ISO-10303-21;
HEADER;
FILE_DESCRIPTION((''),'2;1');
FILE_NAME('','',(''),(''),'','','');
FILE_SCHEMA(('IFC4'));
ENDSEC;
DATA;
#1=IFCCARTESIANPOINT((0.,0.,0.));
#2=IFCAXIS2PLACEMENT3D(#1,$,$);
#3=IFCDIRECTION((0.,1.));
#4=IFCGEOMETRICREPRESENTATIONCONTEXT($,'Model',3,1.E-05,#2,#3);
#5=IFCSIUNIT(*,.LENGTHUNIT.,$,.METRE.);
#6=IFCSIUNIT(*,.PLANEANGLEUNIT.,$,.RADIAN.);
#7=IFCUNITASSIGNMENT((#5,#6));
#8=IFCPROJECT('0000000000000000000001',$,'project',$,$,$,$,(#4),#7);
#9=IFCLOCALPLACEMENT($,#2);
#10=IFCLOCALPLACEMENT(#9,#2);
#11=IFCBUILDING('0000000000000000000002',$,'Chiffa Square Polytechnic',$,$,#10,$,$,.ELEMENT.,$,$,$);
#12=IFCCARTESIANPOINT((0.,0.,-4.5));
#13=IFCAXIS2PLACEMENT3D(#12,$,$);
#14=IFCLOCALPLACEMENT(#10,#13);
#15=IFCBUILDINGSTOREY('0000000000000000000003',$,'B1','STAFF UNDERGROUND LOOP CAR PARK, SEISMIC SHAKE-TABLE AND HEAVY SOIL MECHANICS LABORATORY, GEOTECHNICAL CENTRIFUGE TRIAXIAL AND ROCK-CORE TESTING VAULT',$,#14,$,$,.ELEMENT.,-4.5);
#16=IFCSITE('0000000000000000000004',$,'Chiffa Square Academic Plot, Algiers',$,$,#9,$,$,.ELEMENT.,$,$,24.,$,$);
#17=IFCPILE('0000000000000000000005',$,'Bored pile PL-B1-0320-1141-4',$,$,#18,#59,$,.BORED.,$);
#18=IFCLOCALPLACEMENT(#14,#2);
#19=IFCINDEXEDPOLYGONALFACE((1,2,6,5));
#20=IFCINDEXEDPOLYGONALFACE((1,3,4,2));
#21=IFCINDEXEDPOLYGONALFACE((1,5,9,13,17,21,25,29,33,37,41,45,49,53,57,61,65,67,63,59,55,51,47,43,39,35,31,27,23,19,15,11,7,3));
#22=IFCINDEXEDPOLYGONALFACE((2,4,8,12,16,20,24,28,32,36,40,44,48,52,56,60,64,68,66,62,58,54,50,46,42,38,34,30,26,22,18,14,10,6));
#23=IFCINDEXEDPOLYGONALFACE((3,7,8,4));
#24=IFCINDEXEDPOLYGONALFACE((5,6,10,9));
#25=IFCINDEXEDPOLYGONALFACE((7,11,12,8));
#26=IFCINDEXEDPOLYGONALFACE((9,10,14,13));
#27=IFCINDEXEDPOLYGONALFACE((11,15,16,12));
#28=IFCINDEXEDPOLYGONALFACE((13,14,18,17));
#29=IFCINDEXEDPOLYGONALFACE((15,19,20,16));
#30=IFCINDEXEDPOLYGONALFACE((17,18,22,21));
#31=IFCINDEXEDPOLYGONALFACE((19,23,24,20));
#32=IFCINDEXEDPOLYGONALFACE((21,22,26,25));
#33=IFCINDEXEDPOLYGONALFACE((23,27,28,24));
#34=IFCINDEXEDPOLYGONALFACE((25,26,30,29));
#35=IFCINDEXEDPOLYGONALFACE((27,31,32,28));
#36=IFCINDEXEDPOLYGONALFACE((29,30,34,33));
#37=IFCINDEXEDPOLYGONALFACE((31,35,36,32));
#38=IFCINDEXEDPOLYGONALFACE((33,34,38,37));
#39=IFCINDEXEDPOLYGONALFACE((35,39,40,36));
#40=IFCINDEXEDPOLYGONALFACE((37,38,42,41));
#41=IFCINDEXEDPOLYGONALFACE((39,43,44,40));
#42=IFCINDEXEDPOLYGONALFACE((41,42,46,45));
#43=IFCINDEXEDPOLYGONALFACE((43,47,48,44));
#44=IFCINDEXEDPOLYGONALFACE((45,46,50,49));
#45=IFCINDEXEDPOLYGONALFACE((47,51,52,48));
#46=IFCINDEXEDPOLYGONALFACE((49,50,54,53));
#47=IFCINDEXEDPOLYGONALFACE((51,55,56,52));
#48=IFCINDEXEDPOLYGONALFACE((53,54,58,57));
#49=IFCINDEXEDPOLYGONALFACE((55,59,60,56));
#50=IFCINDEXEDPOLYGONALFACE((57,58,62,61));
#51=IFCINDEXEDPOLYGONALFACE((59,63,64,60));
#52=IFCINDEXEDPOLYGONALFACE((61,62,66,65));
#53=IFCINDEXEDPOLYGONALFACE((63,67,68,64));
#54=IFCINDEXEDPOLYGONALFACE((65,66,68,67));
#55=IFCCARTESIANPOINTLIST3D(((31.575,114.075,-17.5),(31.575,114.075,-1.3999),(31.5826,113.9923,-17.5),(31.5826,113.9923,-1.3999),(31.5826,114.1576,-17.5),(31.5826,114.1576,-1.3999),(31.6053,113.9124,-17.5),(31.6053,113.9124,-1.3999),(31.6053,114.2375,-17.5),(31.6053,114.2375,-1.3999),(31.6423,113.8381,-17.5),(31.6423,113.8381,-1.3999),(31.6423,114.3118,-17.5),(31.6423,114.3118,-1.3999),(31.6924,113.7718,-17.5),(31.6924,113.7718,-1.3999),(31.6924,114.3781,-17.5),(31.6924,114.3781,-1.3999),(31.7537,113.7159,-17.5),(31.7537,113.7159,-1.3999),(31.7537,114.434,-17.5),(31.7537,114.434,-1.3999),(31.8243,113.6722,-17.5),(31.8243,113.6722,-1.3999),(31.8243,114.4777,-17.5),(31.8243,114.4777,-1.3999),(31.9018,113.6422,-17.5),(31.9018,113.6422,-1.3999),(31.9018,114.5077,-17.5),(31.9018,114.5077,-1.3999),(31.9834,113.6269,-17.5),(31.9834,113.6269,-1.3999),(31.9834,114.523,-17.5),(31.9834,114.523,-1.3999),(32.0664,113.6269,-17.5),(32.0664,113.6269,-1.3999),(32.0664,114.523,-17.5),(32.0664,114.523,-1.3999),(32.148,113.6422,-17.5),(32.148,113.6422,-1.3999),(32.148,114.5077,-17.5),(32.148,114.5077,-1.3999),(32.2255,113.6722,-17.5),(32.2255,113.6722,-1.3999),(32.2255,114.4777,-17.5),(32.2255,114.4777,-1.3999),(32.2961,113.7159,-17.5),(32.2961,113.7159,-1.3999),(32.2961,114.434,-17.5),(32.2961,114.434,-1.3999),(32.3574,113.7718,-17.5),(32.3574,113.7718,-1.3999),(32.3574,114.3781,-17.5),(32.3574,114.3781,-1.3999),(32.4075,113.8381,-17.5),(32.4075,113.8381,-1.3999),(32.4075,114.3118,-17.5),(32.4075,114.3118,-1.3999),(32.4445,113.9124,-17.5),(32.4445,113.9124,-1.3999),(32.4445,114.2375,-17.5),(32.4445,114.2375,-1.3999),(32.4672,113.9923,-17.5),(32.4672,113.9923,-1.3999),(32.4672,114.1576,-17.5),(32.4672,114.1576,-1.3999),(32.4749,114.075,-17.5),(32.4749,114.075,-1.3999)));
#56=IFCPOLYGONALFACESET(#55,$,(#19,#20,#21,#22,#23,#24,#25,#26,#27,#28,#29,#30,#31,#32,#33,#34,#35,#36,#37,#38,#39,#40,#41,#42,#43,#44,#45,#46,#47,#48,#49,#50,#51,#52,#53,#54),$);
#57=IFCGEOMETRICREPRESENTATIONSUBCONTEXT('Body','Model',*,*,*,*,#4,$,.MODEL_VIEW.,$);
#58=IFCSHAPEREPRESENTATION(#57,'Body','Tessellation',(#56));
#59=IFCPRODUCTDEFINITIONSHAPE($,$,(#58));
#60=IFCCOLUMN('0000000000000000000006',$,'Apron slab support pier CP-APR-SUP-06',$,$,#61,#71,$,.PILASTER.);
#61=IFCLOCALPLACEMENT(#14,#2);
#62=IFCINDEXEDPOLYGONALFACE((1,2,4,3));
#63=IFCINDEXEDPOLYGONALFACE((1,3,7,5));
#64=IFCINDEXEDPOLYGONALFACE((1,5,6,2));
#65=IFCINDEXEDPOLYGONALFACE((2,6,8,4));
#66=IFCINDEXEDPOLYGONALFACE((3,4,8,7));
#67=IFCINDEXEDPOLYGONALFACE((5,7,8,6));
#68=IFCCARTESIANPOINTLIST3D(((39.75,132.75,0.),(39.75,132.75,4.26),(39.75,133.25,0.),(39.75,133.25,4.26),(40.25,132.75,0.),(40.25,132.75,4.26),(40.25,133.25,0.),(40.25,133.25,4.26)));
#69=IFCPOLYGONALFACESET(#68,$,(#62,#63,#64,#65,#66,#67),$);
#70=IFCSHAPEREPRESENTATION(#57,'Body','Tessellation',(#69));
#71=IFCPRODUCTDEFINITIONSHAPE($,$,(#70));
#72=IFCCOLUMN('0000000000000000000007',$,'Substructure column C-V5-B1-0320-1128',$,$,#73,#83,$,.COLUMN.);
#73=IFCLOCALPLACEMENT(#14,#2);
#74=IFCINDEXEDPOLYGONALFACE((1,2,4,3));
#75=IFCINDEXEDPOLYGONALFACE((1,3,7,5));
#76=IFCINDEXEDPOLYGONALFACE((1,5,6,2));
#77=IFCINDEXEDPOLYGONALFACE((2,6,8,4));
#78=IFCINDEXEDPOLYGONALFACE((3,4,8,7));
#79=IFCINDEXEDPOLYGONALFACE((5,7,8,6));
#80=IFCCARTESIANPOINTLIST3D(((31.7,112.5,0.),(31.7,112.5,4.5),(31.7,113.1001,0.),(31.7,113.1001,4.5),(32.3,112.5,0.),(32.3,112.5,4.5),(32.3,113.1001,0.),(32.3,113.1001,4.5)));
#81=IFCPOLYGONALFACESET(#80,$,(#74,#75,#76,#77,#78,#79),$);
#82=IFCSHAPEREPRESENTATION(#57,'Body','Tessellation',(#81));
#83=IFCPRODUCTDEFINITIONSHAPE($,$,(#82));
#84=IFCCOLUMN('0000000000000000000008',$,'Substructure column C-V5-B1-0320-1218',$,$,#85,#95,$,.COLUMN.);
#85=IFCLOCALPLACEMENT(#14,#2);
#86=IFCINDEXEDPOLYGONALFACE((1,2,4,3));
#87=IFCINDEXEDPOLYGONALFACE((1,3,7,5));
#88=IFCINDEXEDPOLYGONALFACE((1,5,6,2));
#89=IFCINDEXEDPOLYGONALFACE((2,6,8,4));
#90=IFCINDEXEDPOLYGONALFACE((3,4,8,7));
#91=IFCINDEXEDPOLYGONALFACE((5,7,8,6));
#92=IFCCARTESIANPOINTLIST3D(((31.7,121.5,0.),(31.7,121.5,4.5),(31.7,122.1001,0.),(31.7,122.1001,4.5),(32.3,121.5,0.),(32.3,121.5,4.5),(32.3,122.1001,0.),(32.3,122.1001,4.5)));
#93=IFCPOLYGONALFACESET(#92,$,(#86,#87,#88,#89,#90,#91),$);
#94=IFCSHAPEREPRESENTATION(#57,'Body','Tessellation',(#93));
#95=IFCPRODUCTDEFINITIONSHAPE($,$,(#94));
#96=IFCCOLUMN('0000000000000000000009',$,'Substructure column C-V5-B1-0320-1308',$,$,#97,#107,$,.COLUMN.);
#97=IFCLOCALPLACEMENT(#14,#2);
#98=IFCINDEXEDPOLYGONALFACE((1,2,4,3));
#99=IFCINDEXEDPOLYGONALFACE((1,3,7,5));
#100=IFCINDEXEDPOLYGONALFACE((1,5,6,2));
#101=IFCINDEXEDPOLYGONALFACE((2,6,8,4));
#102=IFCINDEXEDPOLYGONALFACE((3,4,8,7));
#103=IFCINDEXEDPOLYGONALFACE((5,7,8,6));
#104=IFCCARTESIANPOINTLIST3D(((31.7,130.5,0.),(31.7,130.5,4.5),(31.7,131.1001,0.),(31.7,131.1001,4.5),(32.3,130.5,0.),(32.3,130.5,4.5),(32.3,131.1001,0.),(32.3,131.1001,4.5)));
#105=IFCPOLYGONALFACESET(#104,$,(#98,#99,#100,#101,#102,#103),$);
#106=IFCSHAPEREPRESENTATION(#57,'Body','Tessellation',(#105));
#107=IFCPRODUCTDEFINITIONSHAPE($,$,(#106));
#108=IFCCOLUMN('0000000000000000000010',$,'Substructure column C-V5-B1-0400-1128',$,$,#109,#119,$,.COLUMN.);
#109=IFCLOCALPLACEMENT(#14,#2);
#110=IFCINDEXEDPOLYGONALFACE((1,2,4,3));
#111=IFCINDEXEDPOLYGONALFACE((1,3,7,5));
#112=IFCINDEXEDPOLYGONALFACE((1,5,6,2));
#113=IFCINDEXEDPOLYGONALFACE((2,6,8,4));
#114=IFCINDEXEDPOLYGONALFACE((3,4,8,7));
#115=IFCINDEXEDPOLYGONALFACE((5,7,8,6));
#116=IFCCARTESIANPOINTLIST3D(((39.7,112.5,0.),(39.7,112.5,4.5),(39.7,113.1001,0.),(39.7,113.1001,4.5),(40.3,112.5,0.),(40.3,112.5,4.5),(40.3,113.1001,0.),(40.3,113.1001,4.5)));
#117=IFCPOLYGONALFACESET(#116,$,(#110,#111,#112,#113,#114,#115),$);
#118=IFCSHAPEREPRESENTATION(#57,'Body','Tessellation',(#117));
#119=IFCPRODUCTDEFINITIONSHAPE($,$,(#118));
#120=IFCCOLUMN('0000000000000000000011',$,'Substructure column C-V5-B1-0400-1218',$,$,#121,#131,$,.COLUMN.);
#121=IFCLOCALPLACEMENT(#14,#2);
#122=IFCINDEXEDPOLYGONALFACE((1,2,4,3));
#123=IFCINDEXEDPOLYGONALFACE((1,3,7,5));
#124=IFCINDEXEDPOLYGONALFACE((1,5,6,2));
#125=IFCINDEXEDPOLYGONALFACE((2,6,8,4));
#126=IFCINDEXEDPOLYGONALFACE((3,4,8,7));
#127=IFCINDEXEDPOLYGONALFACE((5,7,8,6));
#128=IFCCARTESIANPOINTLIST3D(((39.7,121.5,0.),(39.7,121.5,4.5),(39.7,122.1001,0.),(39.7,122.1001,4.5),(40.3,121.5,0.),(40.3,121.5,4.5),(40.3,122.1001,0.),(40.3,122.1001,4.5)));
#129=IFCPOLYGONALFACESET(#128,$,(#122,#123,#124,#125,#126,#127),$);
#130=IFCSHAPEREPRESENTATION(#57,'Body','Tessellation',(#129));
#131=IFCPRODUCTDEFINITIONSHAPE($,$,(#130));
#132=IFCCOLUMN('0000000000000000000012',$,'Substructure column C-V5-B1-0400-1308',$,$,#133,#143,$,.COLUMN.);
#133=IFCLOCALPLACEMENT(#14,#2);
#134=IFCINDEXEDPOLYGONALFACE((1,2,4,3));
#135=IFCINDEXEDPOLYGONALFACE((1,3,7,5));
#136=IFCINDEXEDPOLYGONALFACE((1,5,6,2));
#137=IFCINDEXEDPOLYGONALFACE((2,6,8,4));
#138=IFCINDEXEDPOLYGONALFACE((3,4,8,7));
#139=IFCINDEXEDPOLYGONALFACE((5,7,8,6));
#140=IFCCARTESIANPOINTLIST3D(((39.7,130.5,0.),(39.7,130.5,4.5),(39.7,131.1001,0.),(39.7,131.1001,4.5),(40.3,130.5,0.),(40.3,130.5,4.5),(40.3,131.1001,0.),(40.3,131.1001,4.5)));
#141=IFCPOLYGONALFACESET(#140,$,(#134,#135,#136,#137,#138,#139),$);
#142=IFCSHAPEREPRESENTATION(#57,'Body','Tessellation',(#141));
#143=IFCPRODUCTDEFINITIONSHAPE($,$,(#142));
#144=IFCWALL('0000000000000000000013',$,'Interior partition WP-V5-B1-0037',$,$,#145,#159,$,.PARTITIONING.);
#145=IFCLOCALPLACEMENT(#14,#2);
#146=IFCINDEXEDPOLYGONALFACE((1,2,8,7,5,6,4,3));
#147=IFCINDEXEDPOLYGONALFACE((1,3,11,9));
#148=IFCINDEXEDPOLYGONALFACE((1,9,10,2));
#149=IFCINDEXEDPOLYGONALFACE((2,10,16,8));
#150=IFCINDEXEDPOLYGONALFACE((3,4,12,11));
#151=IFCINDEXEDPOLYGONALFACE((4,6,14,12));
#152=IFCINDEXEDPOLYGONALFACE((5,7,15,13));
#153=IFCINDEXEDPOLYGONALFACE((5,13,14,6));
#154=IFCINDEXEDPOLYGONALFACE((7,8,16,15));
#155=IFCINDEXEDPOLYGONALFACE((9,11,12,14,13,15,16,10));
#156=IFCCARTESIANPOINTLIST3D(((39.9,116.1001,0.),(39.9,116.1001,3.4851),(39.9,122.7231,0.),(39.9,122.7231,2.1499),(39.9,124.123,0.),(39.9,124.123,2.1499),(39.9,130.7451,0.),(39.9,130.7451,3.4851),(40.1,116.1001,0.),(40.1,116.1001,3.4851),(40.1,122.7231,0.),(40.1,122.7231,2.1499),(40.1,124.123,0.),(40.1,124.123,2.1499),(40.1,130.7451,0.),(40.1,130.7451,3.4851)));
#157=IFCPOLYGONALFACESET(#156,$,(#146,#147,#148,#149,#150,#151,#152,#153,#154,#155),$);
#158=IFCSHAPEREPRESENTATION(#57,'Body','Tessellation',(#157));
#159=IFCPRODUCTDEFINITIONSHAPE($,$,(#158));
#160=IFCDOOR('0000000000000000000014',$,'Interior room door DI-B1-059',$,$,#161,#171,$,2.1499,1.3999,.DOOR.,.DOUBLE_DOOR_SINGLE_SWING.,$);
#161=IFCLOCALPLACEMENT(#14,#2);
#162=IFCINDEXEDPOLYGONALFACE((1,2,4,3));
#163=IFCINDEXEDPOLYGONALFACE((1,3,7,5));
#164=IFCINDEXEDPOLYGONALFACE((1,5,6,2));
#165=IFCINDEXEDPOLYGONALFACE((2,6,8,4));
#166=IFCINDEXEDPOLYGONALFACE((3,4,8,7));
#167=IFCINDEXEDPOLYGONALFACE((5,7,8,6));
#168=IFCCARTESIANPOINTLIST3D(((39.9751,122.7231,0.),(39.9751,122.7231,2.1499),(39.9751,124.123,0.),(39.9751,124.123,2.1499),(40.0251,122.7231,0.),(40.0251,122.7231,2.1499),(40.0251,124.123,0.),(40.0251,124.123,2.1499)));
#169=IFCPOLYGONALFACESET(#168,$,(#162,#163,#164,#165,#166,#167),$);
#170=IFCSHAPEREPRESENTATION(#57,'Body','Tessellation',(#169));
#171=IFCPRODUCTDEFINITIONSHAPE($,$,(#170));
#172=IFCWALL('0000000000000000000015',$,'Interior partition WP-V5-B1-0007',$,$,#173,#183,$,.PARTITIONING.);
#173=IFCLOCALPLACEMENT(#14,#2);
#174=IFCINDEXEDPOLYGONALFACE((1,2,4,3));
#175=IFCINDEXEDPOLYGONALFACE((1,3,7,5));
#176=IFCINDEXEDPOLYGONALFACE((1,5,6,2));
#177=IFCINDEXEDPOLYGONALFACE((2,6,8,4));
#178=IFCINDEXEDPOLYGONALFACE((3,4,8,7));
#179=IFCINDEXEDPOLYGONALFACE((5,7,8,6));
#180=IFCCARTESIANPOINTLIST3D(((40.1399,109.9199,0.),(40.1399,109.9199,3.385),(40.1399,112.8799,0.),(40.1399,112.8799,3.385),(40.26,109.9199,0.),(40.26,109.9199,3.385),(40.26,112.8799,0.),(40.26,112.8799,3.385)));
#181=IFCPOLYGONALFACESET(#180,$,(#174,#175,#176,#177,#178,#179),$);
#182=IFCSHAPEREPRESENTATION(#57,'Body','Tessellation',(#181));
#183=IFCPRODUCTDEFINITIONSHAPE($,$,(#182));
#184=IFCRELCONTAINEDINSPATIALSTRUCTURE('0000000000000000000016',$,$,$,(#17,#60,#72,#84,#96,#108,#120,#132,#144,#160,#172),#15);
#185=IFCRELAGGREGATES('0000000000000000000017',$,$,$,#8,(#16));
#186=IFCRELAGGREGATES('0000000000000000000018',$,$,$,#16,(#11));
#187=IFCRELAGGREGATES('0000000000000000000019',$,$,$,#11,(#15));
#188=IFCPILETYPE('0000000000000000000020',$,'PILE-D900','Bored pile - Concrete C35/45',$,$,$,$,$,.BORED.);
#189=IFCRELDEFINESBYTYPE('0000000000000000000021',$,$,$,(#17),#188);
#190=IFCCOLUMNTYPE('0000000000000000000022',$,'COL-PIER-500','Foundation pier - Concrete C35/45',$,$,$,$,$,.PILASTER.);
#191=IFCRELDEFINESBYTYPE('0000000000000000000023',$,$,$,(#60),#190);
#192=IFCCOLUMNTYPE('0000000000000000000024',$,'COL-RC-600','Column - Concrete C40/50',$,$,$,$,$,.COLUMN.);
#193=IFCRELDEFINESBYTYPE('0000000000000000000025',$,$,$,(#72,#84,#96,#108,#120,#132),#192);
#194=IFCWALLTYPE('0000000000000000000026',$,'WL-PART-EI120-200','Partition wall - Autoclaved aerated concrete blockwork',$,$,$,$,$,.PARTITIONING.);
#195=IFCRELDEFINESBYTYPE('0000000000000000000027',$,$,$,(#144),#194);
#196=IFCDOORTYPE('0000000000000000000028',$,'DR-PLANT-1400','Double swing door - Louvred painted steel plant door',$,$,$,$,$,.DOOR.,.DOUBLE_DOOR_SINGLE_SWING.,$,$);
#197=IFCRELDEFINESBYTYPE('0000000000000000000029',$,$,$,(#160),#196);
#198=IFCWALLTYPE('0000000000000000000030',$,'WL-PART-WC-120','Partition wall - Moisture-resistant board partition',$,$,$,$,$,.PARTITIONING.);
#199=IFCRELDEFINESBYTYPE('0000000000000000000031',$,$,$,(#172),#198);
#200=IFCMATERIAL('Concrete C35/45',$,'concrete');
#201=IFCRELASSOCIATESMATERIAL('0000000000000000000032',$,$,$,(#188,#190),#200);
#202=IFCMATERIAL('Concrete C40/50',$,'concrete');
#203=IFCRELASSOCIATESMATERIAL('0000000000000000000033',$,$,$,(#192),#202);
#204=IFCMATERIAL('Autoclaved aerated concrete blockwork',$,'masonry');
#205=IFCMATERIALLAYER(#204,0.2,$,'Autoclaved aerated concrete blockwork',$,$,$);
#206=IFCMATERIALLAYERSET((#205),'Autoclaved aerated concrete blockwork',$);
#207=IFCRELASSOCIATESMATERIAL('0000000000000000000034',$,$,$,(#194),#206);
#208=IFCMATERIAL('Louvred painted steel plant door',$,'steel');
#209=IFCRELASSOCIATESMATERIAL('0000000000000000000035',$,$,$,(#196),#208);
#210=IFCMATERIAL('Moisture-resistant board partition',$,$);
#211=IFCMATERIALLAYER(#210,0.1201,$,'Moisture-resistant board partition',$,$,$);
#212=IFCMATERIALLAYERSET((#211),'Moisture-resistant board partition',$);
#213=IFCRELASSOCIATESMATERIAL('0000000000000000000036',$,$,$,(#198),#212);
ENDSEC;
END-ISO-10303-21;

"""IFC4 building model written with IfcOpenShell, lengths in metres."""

from ifc_helpers import new_model, si_unit, direction, frame, frame_2d, origin, origin_2d, place, context, subcontext, project, spatial, rectangle, circle, extrude, material, layer, layer_set, material_profile, profile_set, type_object, element, fill, save


model = new_model("IFC4")

# Units and contexts
model_context = context("Model", 3, precision=1e-05, world=origin(), true_north=direction((0.0, 1.0)))
body_context = subcontext(model_context, "Body", "Model", "MODEL_VIEW")
ifc_project = project(units=[si_unit("LENGTHUNIT", "METRE"), si_unit("PLANEANGLEUNIT", "RADIAN")], contexts=[model_context])

# Site, building, storey
site_placement = place(None, origin())
site = spatial("IfcSite", under=ifc_project, at=site_placement, Name="Chiffa Square Academic Plot, Algiers", CompositionType="ELEMENT", RefElevation=24.0)
building_placement = place(site_placement, origin())
building = spatial("IfcBuilding", under=site, at=building_placement, Name="Chiffa Square Polytechnic", CompositionType="ELEMENT")
storey_placement = place(building_placement, frame((0.0, 0.0, -4.5)))
storey = spatial("IfcBuildingStorey", under=building, at=storey_placement, Name="B1", Description="STAFF UNDERGROUND LOOP CAR PARK, SEISMIC SHAKE-TABLE AND HEAVY SOIL MECHANICS LABORATORY, GEOTECHNICAL CENTRIFUGE TRIAXIAL AND ROCK-CORE TESTING VAULT", CompositionType="ELEMENT", Elevation=-4.5)

# Shared definitions
ifc_material_1 = material(Name="Concrete C35/45", Category="concrete")

# Pile
ifc_material_profile_1 = material_profile(ifc_material_1, circle(Radius=0.45, at=origin_2d()), Name="PILE D900")
ifc_profile_set_1 = profile_set([ifc_material_profile_1], Name="Concrete C35/45")
pile_type_1 = type_object("IfcPileType", Name="PILE-D900", Description="Bored pile - Concrete C35/45", PredefinedType="BORED", material=ifc_profile_set_1)
for number, where, z_axis, x_axis, name in (
    (1, (32.0249, 114.075, -1.3999), (0.0, 0.0, -1.0), (1.0, 0.0, 0.0), "Bored pile PL-B1-0320-1141-4"),
):
    element("IfcPile", number, at=place(storey_placement, frame(where, z_axis=z_axis, x_axis=x_axis)), inside=storey, type_object=pile_type_1, Name=name, PredefinedType="BORED", context=body_context, shape_type="SweptSolid", body=[
        extrude(circle(Radius=0.45, at=origin_2d()), origin(), (0.0, 0.0, 1.0), 16.1001),
    ])

# Columns
ifc_material_profile_2 = material_profile(ifc_material_1, rectangle(XDim=0.5, YDim=0.5, at=origin_2d()), Name="RC 500x500")
ifc_profile_set_2 = profile_set([ifc_material_profile_2], Name="Concrete C35/45")
column_type_1 = type_object("IfcColumnType", Name="COL-PIER-500", Description="Foundation pier - Concrete C35/45", PredefinedType="PILASTER", material=ifc_profile_set_2)
column_placement = place(storey_placement, frame((40.0, 133.0, 0.0), z_axis=(0.0, 0.0, 1.0), x_axis=(1.0, 0.0, 0.0)))
element("IfcColumn", 2, at=column_placement, inside=storey, type_object=column_type_1, Name="Apron slab support pier CP-APR-SUP-06", PredefinedType="PILASTER", context=body_context, shape_type="SweptSolid", body=[
    extrude(rectangle(XDim=0.5, YDim=0.5, at=origin_2d()), origin(), (0.0, 0.0, 1.0), 4.26),
])
ifc_material_2 = material(Name="Concrete C40/50", Category="concrete")
ifc_material_profile_3 = material_profile(ifc_material_2, rectangle(XDim=0.6001, YDim=0.6001, at=origin_2d()), Name="RC 600x600")
ifc_profile_set_3 = profile_set([ifc_material_profile_3], Name="Concrete C40/50")
column_type_2 = type_object("IfcColumnType", Name="COL-RC-600", Description="Column - Concrete C40/50", PredefinedType="COLUMN", material=ifc_profile_set_3)
for number, where, z_axis, x_axis, name in (
    (3, (32.0, 112.8, 0.0), (0.0, 0.0, 1.0), (1.0, 0.0, 0.0), "Substructure column C-V5-B1-0320-1128"),
    (4, (32.0, 121.8, 0.0), (0.0, 0.0, 1.0), (1.0, 0.0, 0.0), "Substructure column C-V5-B1-0320-1218"),
    (5, (32.0, 130.8, 0.0), (0.0, 0.0, 1.0), (1.0, 0.0, 0.0), "Substructure column C-V5-B1-0320-1308"),
    (6, (40.0, 112.8, 0.0), (0.0, 0.0, 1.0), (1.0, 0.0, 0.0), "Substructure column C-V5-B1-0400-1128"),
    (7, (40.0, 121.8, 0.0), (0.0, 0.0, 1.0), (1.0, 0.0, 0.0), "Substructure column C-V5-B1-0400-1218"),
    (8, (40.0, 130.8, 0.0), (0.0, 0.0, 1.0), (1.0, 0.0, 0.0), "Substructure column C-V5-B1-0400-1308"),
):
    element("IfcColumn", number, at=place(storey_placement, frame(where, z_axis=z_axis, x_axis=x_axis)), inside=storey, type_object=column_type_2, Name=name, PredefinedType="COLUMN", context=body_context, shape_type="SweptSolid", body=[
        extrude(rectangle(XDim=0.6001, YDim=0.6001, at=origin_2d()), origin(), (0.0, 0.0, 1.0), 4.5),
    ])

# Wall, opening, door
ifc_material_3 = material(Name="Autoclaved aerated concrete blockwork", Category="masonry")
ifc_layer_1 = layer(ifc_material_3, 0.2, Name="Autoclaved aerated concrete blockwork")
ifc_layer_set_1 = layer_set([ifc_layer_1], Name="Autoclaved aerated concrete blockwork")
wall_type_1 = type_object("IfcWallType", Name="WL-PART-EI120-200", Description="Partition wall - Autoclaved aerated concrete blockwork", PredefinedType="PARTITIONING", material=ifc_layer_set_1)
wall_1_placement = place(storey_placement, frame((40.0, 116.1001, 0.0), z_axis=(0.0, 0.0, 1.0), x_axis=(0.0, 1.0, 0.0)))
wall_1 = element("IfcWall", 9, at=wall_1_placement, inside=storey, type_object=wall_type_1, Name="Interior partition WP-V5-B1-0037", PredefinedType="PARTITIONING", context=body_context, shape_type="SweptSolid", body=[
    extrude(rectangle(XDim=14.645, YDim=0.2, at=frame_2d((7.3225, 0.0))), origin(), (0.0, 0.0, 1.0), 3.4851),
])
opening_1_placement = place(wall_1_placement, frame((6.623, 0.0, 0.0)))
opening_1 = element("IfcOpeningElement", 10, at=opening_1_placement, cuts=wall_1, PredefinedType="OPENING", context=body_context, shape_type="SweptSolid", body=[
    extrude(rectangle(XDim=1.3999, YDim=2.1499, at=frame_2d((0.7, 1.075))), frame((0.0, 0.1099, 0.0), z_axis=(0.0, -1.0, 0.0), x_axis=(1.0, 0.0, 0.0)), (0.0, 0.0, 1.0), 0.22),
])
ifc_material_4 = material(Name="Louvred painted steel plant door", Category="steel")
door_type_1 = type_object("IfcDoorType", Name="DR-PLANT-1400", Description="Double swing door - Louvred painted steel plant door", OperationType="DOUBLE_DOOR_SINGLE_SWING", PredefinedType="DOOR", material=ifc_material_4)
door_1_placement = place(opening_1_placement, origin())
door_1 = element("IfcDoor", 11, at=door_1_placement, inside=storey, type_object=door_type_1, Name="Interior room door DI-B1-059", OperationType="DOUBLE_DOOR_SINGLE_SWING", OverallHeight=2.1499, OverallWidth=1.3999, PredefinedType="DOOR", context=body_context, shape_type="SweptSolid", body=[
    extrude(rectangle(XDim=1.3999, YDim=2.1499, at=frame_2d((0.7, 1.075))), frame((0.0, 0.0249, 0.0), z_axis=(0.0, -1.0, 0.0), x_axis=(1.0, 0.0, 0.0)), (0.0, 0.0, 1.0), 0.05),
])
fill(opening_1, door_1)

# Wall
ifc_material_5 = material(Name="Moisture-resistant board partition")
ifc_layer_2 = layer(ifc_material_5, 0.1201, Name="Moisture-resistant board partition")
ifc_layer_set_2 = layer_set([ifc_layer_2], Name="Moisture-resistant board partition")
wall_type_2 = type_object("IfcWallType", Name="WL-PART-WC-120", Description="Partition wall - Moisture-resistant board partition", PredefinedType="PARTITIONING", material=ifc_layer_set_2)
wall_2_placement = place(storey_placement, frame((40.2, 109.9199, 0.0), z_axis=(0.0, 0.0, 1.0), x_axis=(0.0, 1.0, 0.0)))
element("IfcWall", 12, at=wall_2_placement, inside=storey, type_object=wall_type_2, Name="Interior partition WP-V5-B1-0007", PredefinedType="PARTITIONING", context=body_context, shape_type="SweptSolid", body=[
    extrude(rectangle(XDim=2.96, YDim=0.1201, at=frame_2d((1.48, 0.0))), origin(), (0.0, 0.0, 1.0), 3.385),
])

save(model, "model.ifc")
